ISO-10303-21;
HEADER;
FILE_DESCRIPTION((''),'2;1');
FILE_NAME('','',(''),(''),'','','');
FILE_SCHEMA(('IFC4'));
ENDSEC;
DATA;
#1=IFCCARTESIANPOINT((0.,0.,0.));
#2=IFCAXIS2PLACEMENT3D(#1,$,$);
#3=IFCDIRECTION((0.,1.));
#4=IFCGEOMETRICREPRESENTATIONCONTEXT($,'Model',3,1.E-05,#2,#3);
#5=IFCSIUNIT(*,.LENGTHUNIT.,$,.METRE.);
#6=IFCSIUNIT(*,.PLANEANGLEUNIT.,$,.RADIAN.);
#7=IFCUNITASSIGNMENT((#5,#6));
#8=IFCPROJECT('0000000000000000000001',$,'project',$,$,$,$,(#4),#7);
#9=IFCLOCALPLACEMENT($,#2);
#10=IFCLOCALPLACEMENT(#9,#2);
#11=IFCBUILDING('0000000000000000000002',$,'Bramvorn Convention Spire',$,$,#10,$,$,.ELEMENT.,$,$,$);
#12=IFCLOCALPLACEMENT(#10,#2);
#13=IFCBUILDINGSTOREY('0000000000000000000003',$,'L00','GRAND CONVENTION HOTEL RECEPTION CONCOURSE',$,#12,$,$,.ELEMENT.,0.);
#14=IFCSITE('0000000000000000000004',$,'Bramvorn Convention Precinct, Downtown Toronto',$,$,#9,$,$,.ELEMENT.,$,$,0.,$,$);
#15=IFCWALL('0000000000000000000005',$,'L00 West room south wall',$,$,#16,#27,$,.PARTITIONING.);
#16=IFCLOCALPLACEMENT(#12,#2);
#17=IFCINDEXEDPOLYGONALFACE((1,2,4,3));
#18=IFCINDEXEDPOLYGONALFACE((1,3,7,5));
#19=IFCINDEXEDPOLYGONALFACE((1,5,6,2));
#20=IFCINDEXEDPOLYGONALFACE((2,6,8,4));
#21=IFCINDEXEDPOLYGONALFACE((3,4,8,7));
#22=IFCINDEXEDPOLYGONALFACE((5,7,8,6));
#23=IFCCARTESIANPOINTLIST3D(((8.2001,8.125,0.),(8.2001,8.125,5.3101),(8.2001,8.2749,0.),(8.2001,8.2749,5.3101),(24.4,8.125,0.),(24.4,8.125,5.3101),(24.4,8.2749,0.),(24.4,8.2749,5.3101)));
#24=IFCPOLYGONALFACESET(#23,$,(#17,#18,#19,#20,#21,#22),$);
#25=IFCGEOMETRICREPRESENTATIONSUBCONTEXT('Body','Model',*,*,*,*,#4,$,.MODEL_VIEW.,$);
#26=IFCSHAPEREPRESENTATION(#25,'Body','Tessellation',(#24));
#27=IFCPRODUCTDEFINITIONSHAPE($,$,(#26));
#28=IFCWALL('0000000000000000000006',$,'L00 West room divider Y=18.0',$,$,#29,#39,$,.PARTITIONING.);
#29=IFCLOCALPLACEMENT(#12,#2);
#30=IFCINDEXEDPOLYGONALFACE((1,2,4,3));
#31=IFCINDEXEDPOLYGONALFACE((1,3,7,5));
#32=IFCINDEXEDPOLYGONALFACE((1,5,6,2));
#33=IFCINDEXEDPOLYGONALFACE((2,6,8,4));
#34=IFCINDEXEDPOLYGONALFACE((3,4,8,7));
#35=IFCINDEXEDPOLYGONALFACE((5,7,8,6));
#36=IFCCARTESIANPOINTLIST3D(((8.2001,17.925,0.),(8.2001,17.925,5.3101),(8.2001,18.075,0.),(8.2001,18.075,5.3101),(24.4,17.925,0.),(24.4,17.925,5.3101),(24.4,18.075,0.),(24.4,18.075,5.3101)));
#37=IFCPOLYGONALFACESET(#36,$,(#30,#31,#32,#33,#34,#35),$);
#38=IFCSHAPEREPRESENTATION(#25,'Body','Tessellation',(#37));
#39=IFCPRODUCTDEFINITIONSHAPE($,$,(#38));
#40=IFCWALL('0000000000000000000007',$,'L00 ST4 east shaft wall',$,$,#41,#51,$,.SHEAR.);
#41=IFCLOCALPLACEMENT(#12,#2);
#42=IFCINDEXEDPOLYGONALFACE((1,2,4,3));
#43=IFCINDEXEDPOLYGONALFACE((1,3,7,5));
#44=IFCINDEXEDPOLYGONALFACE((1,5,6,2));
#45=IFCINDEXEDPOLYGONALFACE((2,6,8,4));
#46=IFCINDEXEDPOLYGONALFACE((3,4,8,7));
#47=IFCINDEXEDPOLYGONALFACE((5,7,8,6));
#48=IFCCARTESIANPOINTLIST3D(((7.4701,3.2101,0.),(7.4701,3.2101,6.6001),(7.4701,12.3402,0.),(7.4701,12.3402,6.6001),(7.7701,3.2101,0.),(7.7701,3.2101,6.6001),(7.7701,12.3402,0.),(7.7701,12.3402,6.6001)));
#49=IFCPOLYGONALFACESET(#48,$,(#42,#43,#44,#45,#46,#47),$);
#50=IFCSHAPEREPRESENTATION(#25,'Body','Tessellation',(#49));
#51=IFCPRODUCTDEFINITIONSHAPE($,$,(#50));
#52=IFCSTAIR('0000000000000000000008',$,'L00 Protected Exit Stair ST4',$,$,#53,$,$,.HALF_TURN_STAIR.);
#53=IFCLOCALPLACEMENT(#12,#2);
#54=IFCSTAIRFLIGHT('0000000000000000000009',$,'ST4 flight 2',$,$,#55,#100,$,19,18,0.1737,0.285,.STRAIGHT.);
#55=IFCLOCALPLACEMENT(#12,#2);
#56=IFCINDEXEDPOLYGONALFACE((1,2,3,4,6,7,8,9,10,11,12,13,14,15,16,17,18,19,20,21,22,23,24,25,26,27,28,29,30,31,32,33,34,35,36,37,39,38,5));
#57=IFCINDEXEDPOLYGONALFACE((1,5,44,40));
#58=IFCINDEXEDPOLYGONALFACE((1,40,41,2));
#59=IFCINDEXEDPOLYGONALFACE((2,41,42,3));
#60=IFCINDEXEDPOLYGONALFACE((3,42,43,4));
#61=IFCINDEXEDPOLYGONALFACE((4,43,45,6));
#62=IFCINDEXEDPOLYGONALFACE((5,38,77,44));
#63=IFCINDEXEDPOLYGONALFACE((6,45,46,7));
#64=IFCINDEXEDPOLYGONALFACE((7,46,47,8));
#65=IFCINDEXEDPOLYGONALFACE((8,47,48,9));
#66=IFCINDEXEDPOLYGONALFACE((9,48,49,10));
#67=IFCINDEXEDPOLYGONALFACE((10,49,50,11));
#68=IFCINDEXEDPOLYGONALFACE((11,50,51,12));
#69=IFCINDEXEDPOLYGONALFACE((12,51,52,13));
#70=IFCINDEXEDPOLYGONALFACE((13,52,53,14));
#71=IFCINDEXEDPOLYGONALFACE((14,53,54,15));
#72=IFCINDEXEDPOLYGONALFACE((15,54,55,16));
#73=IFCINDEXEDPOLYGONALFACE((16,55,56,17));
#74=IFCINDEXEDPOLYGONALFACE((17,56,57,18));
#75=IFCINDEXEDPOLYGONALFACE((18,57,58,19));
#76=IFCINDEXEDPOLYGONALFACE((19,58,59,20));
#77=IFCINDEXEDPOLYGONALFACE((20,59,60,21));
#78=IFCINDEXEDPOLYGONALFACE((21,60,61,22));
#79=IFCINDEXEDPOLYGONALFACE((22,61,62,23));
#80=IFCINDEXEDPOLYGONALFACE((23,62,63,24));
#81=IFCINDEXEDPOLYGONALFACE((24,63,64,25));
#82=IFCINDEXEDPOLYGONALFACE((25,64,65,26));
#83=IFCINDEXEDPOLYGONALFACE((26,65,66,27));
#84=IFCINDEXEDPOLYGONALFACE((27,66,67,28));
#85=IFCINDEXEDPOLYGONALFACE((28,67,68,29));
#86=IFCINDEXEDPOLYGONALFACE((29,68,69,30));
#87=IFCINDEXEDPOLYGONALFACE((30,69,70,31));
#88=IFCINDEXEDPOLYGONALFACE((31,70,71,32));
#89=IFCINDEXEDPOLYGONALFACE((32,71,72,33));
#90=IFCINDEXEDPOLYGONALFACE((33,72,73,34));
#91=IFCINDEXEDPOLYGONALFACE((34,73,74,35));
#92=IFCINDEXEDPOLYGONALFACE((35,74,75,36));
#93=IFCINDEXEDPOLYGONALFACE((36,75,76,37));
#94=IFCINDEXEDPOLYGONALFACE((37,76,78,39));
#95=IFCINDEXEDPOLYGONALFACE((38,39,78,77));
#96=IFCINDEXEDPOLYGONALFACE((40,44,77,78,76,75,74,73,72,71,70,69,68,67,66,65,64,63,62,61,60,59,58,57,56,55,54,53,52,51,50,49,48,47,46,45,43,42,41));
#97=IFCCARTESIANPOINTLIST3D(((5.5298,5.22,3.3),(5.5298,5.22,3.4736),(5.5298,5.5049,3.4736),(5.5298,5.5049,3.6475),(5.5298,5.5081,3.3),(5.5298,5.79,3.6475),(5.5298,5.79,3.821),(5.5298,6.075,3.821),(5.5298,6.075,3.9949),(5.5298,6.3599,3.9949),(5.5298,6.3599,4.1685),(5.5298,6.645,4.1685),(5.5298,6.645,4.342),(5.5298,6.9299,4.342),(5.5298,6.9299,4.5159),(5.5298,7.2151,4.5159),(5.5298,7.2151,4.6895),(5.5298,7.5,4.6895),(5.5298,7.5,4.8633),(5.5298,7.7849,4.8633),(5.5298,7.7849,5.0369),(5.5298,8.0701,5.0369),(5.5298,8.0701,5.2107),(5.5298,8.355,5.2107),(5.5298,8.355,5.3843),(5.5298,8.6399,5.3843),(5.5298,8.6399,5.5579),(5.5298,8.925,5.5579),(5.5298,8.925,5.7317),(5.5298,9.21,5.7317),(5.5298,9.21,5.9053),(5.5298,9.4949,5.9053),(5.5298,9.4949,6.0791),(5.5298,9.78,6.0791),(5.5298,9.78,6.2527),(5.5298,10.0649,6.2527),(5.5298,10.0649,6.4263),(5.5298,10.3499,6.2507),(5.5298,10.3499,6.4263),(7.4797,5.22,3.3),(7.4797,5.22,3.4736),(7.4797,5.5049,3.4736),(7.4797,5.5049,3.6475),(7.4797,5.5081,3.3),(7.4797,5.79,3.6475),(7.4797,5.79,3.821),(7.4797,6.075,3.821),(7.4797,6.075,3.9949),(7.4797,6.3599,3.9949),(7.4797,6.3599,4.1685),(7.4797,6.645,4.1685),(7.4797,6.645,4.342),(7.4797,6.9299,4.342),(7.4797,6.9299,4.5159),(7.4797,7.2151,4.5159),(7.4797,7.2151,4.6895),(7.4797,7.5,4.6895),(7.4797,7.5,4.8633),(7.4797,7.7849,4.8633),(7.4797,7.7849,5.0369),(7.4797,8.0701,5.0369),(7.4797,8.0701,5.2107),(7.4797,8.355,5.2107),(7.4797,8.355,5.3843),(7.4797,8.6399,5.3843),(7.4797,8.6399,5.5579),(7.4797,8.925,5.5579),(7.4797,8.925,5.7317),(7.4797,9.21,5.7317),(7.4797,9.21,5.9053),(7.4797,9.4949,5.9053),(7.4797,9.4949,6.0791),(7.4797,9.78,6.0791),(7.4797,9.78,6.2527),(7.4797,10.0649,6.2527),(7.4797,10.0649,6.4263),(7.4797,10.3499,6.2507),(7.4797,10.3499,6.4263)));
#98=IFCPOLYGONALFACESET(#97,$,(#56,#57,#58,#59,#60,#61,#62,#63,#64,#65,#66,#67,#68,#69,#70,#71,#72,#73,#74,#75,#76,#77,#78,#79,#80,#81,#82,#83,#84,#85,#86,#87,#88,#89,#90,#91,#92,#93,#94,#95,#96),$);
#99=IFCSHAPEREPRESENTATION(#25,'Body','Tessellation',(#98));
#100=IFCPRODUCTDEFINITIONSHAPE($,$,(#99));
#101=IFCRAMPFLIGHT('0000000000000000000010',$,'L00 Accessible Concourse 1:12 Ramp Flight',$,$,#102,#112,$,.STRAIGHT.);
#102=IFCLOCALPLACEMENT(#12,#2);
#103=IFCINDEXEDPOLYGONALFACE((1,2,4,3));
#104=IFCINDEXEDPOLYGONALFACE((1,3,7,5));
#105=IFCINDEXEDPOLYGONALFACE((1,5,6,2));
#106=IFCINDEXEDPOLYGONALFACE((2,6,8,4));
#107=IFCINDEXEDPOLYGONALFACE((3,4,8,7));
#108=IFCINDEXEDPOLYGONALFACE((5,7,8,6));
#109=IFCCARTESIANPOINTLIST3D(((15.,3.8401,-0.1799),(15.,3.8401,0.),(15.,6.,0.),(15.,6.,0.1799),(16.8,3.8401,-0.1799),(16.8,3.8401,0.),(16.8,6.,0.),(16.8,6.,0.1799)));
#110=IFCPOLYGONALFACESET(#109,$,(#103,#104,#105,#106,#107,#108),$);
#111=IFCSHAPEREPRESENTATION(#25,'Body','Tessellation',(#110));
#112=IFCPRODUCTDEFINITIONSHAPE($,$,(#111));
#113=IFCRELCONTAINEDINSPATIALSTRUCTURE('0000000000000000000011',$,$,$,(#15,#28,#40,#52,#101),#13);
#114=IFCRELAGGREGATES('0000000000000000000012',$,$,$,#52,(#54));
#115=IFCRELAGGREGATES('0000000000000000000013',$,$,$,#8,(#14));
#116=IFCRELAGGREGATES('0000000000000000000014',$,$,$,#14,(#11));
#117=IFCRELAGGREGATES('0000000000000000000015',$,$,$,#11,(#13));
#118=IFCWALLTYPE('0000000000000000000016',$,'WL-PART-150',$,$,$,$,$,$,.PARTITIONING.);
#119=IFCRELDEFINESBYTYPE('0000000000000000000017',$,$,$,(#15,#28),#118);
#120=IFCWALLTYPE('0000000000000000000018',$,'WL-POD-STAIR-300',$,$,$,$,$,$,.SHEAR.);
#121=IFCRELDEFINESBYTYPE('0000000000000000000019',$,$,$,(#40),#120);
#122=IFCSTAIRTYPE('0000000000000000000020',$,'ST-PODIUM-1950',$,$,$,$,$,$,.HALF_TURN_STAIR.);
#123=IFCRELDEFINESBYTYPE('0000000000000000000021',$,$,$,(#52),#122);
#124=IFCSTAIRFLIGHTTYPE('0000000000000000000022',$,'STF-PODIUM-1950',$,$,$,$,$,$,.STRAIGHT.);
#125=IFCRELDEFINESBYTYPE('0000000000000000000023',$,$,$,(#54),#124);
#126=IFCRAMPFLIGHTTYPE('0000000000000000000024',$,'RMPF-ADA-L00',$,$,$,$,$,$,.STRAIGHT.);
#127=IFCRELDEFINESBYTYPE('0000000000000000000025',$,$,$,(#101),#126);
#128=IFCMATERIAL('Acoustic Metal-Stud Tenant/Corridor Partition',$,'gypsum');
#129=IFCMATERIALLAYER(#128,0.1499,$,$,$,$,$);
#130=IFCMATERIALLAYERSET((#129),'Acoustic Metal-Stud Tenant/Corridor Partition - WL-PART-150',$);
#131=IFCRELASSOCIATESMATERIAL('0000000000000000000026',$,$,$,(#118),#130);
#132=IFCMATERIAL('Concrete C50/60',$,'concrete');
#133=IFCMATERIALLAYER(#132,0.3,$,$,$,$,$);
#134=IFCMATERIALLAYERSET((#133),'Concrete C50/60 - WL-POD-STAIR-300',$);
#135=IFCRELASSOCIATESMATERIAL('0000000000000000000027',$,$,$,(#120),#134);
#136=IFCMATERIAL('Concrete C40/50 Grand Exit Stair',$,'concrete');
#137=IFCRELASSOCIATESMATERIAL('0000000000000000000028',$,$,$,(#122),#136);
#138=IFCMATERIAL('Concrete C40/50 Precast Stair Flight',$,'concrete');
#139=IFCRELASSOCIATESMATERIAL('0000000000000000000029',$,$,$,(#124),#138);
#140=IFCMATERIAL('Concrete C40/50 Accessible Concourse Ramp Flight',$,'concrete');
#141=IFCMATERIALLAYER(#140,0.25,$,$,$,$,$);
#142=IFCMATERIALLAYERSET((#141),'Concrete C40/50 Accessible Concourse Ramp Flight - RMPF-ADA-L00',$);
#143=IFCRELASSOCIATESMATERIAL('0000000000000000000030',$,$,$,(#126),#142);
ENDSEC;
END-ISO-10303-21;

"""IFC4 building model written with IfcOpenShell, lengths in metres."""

from ifc_helpers import new_model, si_unit, direction, frame, frame_2d, origin, place, context, subcontext, project, spatial, polyline, rectangle, outline, extrude, material, layer, layer_set, type_object, element, aggregate, save


model = new_model("IFC4")

# Units and contexts
model_context = context("Model", 3, precision=1e-05, world=origin(), true_north=direction((0.0, 1.0)))
body_context = subcontext(model_context, "Body", "Model", "MODEL_VIEW")
ifc_project = project(units=[si_unit("LENGTHUNIT", "METRE"), si_unit("PLANEANGLEUNIT", "RADIAN")], contexts=[model_context])

# Site, building, storey
site_placement = place(None, origin())
site = spatial("IfcSite", under=ifc_project, at=site_placement, Name="Bramvorn Convention Precinct, Downtown Toronto", CompositionType="ELEMENT", RefElevation=0.0)
building_placement = place(site_placement, origin())
building = spatial("IfcBuilding", under=site, at=building_placement, Name="Bramvorn Convention Spire", CompositionType="ELEMENT")
storey_placement = place(building_placement, origin())
storey = spatial("IfcBuildingStorey", under=building, at=storey_placement, Name="L00", Description="GRAND CONVENTION HOTEL RECEPTION CONCOURSE", CompositionType="ELEMENT", Elevation=0.0)

# Walls
ifc_material_1 = material(Name="Acoustic Metal-Stud Tenant/Corridor Partition", Category="gypsum")
ifc_layer_1 = layer(ifc_material_1, 0.1499)
ifc_layer_set_1 = layer_set([ifc_layer_1], Name="Acoustic Metal-Stud Tenant/Corridor Partition - WL-PART-150")
wall_type_1 = type_object("IfcWallType", Name="WL-PART-150", PredefinedType="PARTITIONING", material=ifc_layer_set_1)
for number, where, z_axis, x_axis, name in (
    (1, (8.2, 8.2, 0.0), (0.0, 0.0, 1.0), (1.0, 0.0, 0.0), "L00 West room south wall"),
    (2, (8.2, 18.0, 0.0), (0.0, 0.0, 1.0), (1.0, 0.0, 0.0), "L00 West room divider Y=18.0"),
):
    element("IfcWall", number, at=place(storey_placement, frame(where, z_axis=z_axis, x_axis=x_axis)), inside=storey, type_object=wall_type_1, Name=name, PredefinedType="PARTITIONING", context=body_context, shape_type="SweptSolid", body=[
        extrude(rectangle(XDim=16.2, YDim=0.1499, at=frame_2d((8.1001, 0.0))), origin(), (0.0, 0.0, 1.0), 5.3101),
    ])
ifc_material_2 = material(Name="Concrete C50/60", Category="concrete")
ifc_layer_2 = layer(ifc_material_2, 0.3)
ifc_layer_set_2 = layer_set([ifc_layer_2], Name="Concrete C50/60 - WL-POD-STAIR-300")
wall_type_2 = type_object("IfcWallType", Name="WL-POD-STAIR-300", PredefinedType="SHEAR", material=ifc_layer_set_2)
wall_1_placement = place(storey_placement, frame((7.6201, 12.3401, 0.0), z_axis=(0.0, 0.0, 1.0), x_axis=(0.0, -1.0, 0.0)))
element("IfcWall", 3, at=wall_1_placement, inside=storey, type_object=wall_type_2, Name="L00 ST4 east shaft wall", PredefinedType="SHEAR", context=body_context, shape_type="SweptSolid", body=[
    extrude(rectangle(XDim=9.1301, YDim=0.3, at=frame_2d((4.5649, 0.0))), origin(), (0.0, 0.0, 1.0), 6.6001),
])

# Stair, stair flight
ifc_material_3 = material(Name="Concrete C40/50 Grand Exit Stair", Category="concrete")
stair_type = type_object("IfcStairType", Name="ST-PODIUM-1950", PredefinedType="HALF_TURN_STAIR", material=ifc_material_3)
stair_placement = place(storey_placement, origin())
stair = element("IfcStair", 4, at=stair_placement, inside=storey, type_object=stair_type, Name="L00 Protected Exit Stair ST4", PredefinedType="HALF_TURN_STAIR")
ifc_material_4 = material(Name="Concrete C40/50 Precast Stair Flight", Category="concrete")
stair_flight_type = type_object("IfcStairFlightType", Name="STF-PODIUM-1950", PredefinedType="STRAIGHT", material=ifc_material_4)
stair_flight_placement = place(storey_placement, frame((6.5049, 5.22, 3.3), z_axis=(0.0, 0.0, 1.0), x_axis=(0.0, 1.0, 0.0)))
stair_flight = element("IfcStairFlight", 5, at=stair_flight_placement, type_object=stair_flight_type, Name="ST4 flight 2", NumberOfRisers=19, NumberOfTreads=18, PredefinedType="STRAIGHT", RiserHeight=0.1737, TreadLength=0.285, context=body_context, shape_type="SweptSolid", body=[
    extrude(outline(polyline([(0.0, 0.0), (0.0, 0.1736), (0.2849, 0.1736), (0.2849, 0.3474), (0.5701, 0.3474), (0.5701, 0.521), (0.855, 0.521), (0.855, 0.6948), (1.1399, 0.6948), (1.1399, 0.8684), (1.425, 0.8684), (1.425, 1.042), (1.71, 1.042), (1.71, 1.2158), (1.9951, 1.2158), (1.9951, 1.3894), (2.28, 1.3894), (2.28, 1.5632), (2.5649, 1.5632), (2.5649, 1.7368), (2.8501, 1.7368), (2.8501, 1.9106), (3.135, 1.9106), (3.135, 2.0842), (3.4199, 2.0842), (3.4199, 2.2578), (3.7051, 2.2578), (3.7051, 2.4316), (3.99, 2.4316), (3.99, 2.6052), (4.2749, 2.6052), (4.2749, 2.7791), (4.5601, 2.7791), (4.5601, 2.9526), (4.845, 2.9526), (4.845, 3.1262), (5.1299, 3.1262), (5.1299, 3.3), (5.1299, 2.9507), (0.2881, 0.0), (0.0, 0.0)])), frame((0.0, 0.9751, 0.0), z_axis=(0.0, -1.0, 0.0), x_axis=(1.0, 0.0, 0.0)), (0.0, 0.0, 1.0), 1.95),
])
aggregate(stair, [stair_flight])

# Ramp flight
ifc_material_5 = material(Name="Concrete C40/50 Accessible Concourse Ramp Flight", Category="concrete")
ifc_layer_3 = layer(ifc_material_5, 0.25)
ifc_layer_set_3 = layer_set([ifc_layer_3], Name="Concrete C40/50 Accessible Concourse Ramp Flight - RMPF-ADA-L00")
ramp_flight_type = type_object("IfcRampFlightType", Name="RMPF-ADA-L00", PredefinedType="STRAIGHT", material=ifc_layer_set_3)
ramp_flight_placement = place(storey_placement, frame((15.8999, 3.8401, 0.0), z_axis=(0.0, 0.0, 1.0), x_axis=(0.0, 1.0, 0.0)))
element("IfcRampFlight", 6, at=ramp_flight_placement, inside=storey, type_object=ramp_flight_type, Name="L00 Accessible Concourse 1:12 Ramp Flight", PredefinedType="STRAIGHT", context=body_context, shape_type="SweptSolid", body=[
    extrude(outline(polyline([(0.0, 0.0), (0.0, -0.1799), (2.1599, 0.0), (2.1599, 0.1799), (0.0, 0.0)])), frame((0.0, 0.8999, 0.0), z_axis=(0.0, -1.0, 0.0), x_axis=(1.0, 0.0, 0.0)), (0.0, 0.0, 1.0), 1.8),
])

save(model, "model.ifc")
